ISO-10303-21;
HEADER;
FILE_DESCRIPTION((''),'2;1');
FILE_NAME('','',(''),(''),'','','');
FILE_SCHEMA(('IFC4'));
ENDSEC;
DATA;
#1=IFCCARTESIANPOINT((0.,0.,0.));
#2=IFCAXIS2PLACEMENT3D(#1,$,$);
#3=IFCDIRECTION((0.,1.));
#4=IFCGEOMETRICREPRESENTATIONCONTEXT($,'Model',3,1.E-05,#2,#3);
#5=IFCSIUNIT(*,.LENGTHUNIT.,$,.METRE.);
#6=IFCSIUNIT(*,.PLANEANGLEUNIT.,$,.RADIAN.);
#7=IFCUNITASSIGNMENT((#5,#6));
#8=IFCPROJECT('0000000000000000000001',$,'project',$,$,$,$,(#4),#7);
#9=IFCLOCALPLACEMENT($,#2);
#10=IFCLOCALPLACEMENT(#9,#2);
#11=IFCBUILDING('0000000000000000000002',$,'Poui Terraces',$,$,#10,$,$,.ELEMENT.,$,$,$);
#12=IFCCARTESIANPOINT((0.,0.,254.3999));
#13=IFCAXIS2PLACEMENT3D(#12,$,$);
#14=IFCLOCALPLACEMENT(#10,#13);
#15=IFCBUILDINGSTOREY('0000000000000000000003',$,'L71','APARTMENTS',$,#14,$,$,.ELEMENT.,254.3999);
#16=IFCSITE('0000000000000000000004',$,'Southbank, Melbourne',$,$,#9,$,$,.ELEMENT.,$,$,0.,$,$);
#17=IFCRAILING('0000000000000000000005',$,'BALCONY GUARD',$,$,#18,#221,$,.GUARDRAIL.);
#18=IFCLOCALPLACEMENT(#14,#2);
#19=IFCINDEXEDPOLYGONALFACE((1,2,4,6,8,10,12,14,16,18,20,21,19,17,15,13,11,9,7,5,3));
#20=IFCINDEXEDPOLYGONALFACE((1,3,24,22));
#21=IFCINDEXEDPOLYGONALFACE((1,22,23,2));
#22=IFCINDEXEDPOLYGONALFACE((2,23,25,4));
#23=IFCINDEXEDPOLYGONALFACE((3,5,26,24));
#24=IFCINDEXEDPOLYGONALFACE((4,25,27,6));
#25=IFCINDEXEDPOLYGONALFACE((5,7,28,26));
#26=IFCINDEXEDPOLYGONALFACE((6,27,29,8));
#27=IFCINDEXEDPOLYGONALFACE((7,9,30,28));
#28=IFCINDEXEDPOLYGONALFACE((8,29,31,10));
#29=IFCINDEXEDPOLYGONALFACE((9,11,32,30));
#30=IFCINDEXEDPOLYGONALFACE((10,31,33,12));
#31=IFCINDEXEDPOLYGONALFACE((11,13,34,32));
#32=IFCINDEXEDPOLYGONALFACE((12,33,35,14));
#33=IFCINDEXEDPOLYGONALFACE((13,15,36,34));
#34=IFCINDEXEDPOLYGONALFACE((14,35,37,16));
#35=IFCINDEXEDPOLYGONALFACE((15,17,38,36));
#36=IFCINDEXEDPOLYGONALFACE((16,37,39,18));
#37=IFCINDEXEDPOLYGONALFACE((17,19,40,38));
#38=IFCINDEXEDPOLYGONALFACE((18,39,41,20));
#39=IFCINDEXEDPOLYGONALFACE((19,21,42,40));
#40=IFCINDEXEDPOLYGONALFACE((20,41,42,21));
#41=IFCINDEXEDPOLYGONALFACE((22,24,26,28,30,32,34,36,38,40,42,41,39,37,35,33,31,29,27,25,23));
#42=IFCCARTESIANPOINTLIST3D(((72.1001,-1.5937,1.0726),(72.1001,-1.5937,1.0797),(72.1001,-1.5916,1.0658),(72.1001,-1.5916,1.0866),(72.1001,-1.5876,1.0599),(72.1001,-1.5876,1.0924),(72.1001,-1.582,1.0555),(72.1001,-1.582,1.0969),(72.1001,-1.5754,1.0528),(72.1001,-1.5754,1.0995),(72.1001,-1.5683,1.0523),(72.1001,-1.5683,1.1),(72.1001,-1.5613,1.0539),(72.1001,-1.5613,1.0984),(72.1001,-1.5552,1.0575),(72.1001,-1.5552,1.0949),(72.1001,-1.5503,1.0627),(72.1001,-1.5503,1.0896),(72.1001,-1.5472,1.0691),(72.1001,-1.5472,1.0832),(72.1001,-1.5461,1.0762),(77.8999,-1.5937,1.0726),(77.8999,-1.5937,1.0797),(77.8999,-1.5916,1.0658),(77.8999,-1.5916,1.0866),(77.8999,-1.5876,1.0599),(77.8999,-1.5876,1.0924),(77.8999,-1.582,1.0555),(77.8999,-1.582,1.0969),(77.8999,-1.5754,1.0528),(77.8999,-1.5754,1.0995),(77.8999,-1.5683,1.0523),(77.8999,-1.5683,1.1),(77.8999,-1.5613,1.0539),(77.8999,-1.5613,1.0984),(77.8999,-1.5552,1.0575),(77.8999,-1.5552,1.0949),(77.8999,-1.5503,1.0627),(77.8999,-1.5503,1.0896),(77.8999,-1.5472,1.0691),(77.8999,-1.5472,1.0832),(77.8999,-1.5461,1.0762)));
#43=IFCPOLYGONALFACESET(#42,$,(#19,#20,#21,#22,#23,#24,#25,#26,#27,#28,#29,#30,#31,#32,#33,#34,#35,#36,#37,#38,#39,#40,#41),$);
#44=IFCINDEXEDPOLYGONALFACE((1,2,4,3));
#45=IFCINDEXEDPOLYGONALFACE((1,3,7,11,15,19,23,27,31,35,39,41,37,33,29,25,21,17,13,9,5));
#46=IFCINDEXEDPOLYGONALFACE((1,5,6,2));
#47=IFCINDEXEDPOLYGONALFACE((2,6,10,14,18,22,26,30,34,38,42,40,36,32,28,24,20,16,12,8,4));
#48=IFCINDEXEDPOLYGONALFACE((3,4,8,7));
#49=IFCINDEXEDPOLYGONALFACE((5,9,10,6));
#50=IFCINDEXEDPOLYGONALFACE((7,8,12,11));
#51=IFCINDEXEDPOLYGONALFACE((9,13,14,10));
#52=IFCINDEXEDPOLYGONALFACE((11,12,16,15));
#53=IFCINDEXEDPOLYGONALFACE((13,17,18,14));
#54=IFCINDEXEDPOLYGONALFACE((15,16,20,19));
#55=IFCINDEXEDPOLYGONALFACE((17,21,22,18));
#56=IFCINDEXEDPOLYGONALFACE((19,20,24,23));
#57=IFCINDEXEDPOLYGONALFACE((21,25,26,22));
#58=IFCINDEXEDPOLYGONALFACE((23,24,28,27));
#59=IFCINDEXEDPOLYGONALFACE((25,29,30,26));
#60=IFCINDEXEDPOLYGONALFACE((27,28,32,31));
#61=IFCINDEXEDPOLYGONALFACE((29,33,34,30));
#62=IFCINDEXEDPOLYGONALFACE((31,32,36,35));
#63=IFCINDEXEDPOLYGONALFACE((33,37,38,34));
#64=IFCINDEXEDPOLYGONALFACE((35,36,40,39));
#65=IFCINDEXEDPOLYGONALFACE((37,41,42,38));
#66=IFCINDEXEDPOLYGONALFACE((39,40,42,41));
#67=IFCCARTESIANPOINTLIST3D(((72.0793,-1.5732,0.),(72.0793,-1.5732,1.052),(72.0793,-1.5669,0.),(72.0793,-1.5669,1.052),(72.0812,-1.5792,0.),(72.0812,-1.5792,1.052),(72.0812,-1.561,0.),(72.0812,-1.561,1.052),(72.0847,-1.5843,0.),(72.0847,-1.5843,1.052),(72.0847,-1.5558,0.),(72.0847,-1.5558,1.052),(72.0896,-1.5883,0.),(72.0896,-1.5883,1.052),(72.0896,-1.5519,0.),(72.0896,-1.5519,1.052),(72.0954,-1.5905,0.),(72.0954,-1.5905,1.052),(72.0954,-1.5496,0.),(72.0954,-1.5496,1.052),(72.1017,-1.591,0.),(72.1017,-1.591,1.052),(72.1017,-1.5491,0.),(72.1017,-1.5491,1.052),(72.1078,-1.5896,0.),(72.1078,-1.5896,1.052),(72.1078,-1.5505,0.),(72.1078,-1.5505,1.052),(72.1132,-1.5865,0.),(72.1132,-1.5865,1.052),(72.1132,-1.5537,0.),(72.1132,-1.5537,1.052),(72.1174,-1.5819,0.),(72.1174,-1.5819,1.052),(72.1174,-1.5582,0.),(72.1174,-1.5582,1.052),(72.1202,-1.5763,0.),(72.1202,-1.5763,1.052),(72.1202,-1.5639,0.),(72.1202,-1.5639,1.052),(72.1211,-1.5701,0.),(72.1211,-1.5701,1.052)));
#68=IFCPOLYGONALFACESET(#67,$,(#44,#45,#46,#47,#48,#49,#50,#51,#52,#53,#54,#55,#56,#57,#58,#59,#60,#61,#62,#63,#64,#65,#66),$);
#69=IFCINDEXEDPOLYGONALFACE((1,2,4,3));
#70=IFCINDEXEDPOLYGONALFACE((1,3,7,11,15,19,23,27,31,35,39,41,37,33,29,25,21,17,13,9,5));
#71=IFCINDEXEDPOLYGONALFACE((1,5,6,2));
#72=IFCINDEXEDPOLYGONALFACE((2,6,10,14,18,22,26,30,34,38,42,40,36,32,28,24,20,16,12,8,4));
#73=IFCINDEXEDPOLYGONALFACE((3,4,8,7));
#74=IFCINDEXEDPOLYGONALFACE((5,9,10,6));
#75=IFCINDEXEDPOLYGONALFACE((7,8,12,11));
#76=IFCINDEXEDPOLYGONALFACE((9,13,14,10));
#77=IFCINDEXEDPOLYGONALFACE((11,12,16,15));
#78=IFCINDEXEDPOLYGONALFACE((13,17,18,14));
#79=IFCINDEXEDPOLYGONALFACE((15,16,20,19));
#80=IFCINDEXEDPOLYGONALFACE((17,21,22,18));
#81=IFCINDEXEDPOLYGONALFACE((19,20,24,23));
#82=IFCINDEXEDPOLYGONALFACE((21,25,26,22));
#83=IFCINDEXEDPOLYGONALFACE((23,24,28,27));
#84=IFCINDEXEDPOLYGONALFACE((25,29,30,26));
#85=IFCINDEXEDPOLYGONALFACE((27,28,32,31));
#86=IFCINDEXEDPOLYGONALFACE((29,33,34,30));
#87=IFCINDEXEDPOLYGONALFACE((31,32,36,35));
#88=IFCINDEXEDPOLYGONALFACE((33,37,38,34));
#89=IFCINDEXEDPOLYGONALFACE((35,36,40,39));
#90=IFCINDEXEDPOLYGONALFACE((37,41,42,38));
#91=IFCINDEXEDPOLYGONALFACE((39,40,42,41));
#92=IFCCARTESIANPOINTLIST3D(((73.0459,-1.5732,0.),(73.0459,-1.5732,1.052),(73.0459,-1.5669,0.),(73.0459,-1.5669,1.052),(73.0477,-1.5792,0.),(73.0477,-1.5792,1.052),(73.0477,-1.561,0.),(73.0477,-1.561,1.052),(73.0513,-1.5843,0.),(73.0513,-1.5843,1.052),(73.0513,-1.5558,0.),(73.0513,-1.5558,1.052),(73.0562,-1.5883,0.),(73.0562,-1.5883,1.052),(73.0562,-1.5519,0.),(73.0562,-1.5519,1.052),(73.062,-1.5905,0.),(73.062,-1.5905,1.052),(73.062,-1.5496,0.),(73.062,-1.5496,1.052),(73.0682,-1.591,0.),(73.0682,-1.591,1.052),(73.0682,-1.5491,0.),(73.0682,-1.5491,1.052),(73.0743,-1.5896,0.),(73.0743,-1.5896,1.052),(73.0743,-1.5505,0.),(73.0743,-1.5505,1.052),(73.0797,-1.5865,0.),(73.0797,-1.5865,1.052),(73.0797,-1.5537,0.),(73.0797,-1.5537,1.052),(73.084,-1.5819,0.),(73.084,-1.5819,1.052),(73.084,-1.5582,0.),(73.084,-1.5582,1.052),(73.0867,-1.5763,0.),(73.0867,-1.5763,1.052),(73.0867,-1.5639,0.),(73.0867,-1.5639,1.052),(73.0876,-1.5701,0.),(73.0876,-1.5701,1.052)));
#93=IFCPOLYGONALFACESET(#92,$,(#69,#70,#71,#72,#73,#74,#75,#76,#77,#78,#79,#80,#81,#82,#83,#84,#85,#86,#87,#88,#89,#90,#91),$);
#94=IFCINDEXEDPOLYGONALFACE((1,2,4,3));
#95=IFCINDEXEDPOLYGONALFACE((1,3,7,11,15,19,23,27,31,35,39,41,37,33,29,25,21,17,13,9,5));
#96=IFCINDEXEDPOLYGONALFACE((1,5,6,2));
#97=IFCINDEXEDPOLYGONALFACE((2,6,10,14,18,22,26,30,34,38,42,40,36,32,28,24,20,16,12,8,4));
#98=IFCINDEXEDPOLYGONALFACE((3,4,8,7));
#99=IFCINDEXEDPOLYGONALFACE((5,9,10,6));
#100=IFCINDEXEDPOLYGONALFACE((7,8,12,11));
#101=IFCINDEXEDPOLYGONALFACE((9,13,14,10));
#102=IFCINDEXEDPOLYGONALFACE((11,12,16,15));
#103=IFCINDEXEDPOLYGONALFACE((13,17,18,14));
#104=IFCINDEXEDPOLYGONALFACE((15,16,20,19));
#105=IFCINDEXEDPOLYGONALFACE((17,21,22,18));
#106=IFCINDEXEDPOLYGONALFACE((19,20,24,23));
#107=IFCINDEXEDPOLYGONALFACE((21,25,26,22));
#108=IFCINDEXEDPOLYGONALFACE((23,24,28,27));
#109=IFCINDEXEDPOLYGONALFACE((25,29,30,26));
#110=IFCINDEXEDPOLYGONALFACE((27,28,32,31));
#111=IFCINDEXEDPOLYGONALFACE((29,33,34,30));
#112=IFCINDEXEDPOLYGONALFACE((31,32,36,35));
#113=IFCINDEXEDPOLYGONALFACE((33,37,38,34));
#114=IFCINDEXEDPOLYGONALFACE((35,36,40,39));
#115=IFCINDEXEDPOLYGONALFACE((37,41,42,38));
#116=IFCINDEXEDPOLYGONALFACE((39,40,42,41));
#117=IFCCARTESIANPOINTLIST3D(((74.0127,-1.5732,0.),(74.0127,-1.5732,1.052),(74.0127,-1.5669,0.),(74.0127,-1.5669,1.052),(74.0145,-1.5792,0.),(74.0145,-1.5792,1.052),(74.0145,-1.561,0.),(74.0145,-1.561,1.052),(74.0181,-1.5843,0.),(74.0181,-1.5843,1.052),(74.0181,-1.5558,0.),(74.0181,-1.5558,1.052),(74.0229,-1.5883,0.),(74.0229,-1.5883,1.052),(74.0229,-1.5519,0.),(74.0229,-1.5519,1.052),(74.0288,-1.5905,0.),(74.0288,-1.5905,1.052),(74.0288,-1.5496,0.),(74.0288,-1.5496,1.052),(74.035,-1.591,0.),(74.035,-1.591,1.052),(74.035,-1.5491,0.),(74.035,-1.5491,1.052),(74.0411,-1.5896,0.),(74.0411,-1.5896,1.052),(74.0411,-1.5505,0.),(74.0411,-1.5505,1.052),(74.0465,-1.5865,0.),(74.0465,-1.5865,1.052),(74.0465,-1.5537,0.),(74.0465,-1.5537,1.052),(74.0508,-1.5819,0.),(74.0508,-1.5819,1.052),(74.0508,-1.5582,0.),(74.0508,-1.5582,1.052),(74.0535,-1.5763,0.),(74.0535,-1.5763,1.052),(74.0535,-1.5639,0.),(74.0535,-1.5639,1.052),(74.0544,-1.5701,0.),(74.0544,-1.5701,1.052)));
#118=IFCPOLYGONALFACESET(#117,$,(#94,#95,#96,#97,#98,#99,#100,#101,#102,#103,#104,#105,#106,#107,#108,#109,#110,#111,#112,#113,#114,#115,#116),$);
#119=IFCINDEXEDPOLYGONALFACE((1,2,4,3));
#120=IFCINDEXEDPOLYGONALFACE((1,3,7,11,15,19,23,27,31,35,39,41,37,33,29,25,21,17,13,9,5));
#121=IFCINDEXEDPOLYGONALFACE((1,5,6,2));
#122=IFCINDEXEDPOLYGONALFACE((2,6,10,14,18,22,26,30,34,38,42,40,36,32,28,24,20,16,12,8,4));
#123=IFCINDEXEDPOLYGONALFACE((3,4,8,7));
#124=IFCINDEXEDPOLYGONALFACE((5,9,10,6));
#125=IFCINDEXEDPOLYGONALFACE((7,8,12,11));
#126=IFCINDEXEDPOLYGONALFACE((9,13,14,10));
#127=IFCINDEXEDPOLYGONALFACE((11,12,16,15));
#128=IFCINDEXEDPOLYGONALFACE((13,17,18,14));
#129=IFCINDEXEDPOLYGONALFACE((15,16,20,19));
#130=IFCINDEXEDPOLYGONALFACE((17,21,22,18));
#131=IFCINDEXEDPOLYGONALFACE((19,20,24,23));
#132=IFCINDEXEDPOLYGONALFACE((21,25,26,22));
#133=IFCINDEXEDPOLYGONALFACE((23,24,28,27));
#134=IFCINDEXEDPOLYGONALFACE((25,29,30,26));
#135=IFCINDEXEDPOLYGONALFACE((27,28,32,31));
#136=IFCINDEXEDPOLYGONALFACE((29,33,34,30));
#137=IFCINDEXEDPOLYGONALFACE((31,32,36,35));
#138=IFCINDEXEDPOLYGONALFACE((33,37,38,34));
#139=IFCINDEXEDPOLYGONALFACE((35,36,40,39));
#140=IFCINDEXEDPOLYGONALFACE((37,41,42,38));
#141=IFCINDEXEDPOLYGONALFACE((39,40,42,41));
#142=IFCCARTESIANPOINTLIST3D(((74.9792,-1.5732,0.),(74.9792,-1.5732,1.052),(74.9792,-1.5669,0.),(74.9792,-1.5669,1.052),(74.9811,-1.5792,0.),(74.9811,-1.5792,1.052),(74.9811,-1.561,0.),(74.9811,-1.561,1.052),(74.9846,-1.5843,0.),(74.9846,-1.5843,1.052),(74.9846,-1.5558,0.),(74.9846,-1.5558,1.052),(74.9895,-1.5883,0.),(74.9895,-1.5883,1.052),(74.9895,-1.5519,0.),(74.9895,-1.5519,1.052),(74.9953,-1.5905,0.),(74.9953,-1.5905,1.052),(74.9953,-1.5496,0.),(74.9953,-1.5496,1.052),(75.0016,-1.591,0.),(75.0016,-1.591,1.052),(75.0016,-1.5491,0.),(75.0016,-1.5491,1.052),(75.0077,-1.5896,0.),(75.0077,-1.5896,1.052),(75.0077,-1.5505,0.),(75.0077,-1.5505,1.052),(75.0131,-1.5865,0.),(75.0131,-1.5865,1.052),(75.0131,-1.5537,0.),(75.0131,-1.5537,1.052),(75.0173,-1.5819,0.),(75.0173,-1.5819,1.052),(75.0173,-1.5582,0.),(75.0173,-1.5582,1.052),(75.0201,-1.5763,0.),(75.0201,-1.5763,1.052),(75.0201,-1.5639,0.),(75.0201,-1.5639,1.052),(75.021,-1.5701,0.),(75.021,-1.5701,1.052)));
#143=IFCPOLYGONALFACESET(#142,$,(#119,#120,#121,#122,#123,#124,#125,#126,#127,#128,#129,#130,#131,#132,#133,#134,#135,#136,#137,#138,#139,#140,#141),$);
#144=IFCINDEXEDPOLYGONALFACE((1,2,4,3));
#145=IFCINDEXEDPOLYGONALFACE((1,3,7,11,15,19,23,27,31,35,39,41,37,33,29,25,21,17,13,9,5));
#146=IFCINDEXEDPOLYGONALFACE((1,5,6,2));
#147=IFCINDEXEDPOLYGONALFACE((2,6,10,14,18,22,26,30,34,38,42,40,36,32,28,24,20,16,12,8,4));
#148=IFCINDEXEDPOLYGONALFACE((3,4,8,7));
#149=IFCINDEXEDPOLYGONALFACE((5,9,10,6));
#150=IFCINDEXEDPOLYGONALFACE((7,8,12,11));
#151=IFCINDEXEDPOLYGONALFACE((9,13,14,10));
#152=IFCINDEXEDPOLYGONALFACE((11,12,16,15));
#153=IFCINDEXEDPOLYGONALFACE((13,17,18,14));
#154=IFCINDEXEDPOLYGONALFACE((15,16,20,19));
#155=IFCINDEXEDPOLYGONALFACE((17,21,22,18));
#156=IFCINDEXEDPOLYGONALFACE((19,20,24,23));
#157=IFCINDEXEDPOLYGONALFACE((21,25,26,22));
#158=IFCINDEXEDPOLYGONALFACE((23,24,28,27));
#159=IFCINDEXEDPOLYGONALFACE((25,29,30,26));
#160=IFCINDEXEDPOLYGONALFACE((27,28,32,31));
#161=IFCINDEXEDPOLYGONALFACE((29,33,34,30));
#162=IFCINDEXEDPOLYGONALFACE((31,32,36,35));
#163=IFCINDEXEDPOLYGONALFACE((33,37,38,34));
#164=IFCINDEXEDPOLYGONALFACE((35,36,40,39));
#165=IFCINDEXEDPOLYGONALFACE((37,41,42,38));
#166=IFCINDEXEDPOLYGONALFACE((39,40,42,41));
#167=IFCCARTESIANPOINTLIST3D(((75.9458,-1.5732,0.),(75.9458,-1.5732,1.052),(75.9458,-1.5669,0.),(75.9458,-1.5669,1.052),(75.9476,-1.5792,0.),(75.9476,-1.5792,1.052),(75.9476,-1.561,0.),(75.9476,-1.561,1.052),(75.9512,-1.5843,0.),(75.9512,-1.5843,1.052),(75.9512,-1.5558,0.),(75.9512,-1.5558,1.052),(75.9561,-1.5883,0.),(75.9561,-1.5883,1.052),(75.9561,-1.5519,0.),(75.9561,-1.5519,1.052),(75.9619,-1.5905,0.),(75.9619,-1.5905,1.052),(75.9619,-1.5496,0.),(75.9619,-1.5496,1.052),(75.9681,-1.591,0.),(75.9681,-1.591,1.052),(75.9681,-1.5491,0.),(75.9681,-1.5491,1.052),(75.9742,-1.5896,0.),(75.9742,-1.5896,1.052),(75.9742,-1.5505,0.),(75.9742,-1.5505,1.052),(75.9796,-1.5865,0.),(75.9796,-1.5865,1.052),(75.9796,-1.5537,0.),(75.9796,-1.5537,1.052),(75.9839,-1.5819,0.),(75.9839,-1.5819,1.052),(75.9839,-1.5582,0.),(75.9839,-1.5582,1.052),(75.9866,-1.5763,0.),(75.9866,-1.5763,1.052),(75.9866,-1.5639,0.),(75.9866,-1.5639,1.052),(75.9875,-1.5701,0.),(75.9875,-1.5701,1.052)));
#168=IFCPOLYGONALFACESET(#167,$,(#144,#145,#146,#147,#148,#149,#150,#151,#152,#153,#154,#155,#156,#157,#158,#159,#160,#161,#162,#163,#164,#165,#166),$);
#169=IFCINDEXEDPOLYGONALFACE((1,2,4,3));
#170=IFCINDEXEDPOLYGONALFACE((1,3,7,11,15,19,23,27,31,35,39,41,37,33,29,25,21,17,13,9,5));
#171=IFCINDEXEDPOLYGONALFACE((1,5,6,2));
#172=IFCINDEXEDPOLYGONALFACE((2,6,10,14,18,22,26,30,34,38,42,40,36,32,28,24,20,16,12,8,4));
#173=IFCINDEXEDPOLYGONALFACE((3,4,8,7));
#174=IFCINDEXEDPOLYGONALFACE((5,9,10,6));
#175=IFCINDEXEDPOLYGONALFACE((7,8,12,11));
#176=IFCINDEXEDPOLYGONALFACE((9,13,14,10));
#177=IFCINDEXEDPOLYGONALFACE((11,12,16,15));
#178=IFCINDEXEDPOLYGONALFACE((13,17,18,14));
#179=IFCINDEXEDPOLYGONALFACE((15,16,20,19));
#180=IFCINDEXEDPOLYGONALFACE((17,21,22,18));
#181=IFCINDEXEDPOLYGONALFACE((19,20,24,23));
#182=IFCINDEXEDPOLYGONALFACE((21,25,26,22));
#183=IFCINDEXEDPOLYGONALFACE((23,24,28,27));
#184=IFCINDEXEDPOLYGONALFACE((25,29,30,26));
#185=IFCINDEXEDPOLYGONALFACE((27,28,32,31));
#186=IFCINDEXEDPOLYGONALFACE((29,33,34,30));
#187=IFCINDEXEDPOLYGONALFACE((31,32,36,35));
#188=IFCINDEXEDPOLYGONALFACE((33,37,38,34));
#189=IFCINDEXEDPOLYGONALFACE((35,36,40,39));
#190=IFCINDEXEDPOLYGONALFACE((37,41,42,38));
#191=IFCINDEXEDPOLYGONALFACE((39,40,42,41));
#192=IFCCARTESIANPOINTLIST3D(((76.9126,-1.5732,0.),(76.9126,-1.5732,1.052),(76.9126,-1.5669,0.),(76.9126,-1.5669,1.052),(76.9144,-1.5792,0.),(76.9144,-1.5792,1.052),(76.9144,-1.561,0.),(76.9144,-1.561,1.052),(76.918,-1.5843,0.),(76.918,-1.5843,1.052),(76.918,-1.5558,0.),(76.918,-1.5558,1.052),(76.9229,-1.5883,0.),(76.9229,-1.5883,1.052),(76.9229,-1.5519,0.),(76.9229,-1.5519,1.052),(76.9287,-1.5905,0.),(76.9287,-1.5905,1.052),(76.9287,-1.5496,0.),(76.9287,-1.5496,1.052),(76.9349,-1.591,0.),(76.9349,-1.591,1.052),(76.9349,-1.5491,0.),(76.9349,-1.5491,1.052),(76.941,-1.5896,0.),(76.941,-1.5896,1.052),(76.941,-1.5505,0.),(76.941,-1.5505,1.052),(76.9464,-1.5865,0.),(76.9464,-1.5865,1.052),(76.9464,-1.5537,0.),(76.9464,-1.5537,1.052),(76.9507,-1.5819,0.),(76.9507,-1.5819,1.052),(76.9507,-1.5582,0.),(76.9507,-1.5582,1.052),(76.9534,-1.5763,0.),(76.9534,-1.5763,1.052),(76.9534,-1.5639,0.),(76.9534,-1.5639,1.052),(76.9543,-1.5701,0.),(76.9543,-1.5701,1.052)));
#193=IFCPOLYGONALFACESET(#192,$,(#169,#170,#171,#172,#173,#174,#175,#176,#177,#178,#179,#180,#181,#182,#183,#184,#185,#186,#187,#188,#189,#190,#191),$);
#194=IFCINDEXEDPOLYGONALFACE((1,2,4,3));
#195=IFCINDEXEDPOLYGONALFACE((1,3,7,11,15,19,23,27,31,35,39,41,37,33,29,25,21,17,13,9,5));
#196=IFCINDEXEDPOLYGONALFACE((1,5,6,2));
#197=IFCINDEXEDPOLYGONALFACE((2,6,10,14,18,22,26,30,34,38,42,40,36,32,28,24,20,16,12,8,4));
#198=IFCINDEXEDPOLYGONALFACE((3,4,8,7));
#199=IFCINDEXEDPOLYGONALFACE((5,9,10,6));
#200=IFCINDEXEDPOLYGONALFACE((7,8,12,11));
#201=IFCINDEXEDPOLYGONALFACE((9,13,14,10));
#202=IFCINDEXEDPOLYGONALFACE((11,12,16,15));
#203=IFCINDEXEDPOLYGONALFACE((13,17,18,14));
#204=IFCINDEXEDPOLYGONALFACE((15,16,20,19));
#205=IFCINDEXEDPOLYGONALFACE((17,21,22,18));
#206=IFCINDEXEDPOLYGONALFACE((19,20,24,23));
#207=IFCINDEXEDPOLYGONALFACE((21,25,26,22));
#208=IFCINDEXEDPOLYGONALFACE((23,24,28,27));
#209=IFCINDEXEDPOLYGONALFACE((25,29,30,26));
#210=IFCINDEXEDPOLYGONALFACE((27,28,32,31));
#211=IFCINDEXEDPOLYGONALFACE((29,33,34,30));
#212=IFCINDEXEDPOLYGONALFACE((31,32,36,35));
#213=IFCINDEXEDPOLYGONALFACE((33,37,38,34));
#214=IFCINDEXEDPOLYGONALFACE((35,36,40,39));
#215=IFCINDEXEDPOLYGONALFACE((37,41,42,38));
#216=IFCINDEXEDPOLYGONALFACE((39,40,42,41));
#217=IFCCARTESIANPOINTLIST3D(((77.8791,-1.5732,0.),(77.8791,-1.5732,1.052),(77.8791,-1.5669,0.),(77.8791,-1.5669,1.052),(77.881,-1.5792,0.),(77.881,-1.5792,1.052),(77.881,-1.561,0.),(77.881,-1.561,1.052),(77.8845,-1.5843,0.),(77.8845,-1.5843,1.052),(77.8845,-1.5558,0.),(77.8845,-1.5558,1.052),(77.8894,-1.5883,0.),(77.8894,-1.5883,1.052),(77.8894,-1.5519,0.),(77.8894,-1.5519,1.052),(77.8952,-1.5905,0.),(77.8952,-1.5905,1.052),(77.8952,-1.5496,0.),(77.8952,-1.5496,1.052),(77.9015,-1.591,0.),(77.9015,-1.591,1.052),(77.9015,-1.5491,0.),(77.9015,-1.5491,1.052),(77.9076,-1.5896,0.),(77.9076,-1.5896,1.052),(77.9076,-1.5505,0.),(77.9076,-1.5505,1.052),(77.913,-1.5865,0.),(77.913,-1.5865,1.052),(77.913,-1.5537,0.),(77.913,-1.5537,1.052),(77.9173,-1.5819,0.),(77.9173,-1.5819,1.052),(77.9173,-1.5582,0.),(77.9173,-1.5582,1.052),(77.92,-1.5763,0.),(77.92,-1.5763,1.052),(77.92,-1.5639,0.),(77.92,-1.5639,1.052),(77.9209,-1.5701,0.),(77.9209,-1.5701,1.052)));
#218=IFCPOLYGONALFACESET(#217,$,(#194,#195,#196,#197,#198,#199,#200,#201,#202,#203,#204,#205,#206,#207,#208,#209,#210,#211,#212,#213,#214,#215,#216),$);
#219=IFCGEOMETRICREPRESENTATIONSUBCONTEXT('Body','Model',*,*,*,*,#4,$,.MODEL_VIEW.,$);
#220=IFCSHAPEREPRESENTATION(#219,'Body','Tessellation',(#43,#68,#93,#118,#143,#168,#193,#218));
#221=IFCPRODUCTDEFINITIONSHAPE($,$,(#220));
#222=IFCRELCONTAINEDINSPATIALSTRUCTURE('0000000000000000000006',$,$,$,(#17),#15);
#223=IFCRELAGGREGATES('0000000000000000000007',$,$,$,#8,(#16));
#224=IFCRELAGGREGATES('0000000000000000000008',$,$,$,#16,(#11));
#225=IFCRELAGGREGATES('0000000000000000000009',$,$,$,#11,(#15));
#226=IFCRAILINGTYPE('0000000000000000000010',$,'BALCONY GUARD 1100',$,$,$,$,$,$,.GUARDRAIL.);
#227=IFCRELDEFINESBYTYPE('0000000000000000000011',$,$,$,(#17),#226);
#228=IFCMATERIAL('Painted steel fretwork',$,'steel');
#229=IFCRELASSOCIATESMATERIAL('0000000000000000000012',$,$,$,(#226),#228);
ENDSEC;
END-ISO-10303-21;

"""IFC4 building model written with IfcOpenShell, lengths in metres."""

from ifc_helpers import new_model, si_unit, direction, frame, origin, origin_2d, place, context, subcontext, project, spatial, circle, extrude, material, type_object, element, save


model = new_model("IFC4")

# Units and contexts
model_context = context("Model", 3, precision=1e-05, world=origin(), true_north=direction((0.0, 1.0)))
body_context = subcontext(model_context, "Body", "Model", "MODEL_VIEW")
ifc_project = project(units=[si_unit("LENGTHUNIT", "METRE"), si_unit("PLANEANGLEUNIT", "RADIAN")], contexts=[model_context])

# Site, building, storey
site_placement = place(None, origin())
site = spatial("IfcSite", under=ifc_project, at=site_placement, Name="Southbank, Melbourne", CompositionType="ELEMENT", RefElevation=0.0)
building_placement = place(site_placement, origin())
building = spatial("IfcBuilding", under=site, at=building_placement, Name="Poui Terraces", CompositionType="ELEMENT")
storey_placement = place(building_placement, frame((0.0, 0.0, 254.3999)))
storey = spatial("IfcBuildingStorey", under=building, at=storey_placement, Name="L71", Description="APARTMENTS", CompositionType="ELEMENT", Elevation=254.3999)

# Railing
ifc_material_1 = material(Name="Painted steel fretwork", Category="steel")
railing_type = type_object("IfcRailingType", Name="BALCONY GUARD 1100", PredefinedType="GUARDRAIL", material=ifc_material_1)
railing_placement = place(storey_placement, frame((72.1001, -1.5701, 0.0)))
element("IfcRailing", 1, at=railing_placement, inside=storey, type_object=railing_type, Name="BALCONY GUARD", PredefinedType="GUARDRAIL", context=body_context, shape_type="SweptSolid", body=[
    extrude(circle(Radius=0.0239, at=origin_2d()), frame((0.0, 0.0, 1.0762), z_axis=(1.0, 0.0, 0.0), x_axis=(0.0, 1.0, 0.0)), (0.0, 0.0, 1.0), 5.7998),
    extrude(circle(Radius=0.021, at=origin_2d()), origin(), (0.0, 0.0, 1.0), 1.052),
    extrude(circle(Radius=0.021, at=origin_2d()), frame((0.9666, 0.0, 0.0)), (0.0, 0.0, 1.0), 1.052),
    extrude(circle(Radius=0.021, at=origin_2d()), frame((1.9333, 0.0, 0.0)), (0.0, 0.0, 1.0), 1.052),
    extrude(circle(Radius=0.021, at=origin_2d()), frame((2.8999, 0.0, 0.0)), (0.0, 0.0, 1.0), 1.052),
    extrude(circle(Radius=0.021, at=origin_2d()), frame((3.8665, 0.0, 0.0)), (0.0, 0.0, 1.0), 1.052),
    extrude(circle(Radius=0.021, at=origin_2d()), frame((4.8333, 0.0, 0.0)), (0.0, 0.0, 1.0), 1.052),
    extrude(circle(Radius=0.021, at=origin_2d()), frame((5.7998, 0.0, 0.0)), (0.0, 0.0, 1.0), 1.052),
])

save(model, "model.ifc")
